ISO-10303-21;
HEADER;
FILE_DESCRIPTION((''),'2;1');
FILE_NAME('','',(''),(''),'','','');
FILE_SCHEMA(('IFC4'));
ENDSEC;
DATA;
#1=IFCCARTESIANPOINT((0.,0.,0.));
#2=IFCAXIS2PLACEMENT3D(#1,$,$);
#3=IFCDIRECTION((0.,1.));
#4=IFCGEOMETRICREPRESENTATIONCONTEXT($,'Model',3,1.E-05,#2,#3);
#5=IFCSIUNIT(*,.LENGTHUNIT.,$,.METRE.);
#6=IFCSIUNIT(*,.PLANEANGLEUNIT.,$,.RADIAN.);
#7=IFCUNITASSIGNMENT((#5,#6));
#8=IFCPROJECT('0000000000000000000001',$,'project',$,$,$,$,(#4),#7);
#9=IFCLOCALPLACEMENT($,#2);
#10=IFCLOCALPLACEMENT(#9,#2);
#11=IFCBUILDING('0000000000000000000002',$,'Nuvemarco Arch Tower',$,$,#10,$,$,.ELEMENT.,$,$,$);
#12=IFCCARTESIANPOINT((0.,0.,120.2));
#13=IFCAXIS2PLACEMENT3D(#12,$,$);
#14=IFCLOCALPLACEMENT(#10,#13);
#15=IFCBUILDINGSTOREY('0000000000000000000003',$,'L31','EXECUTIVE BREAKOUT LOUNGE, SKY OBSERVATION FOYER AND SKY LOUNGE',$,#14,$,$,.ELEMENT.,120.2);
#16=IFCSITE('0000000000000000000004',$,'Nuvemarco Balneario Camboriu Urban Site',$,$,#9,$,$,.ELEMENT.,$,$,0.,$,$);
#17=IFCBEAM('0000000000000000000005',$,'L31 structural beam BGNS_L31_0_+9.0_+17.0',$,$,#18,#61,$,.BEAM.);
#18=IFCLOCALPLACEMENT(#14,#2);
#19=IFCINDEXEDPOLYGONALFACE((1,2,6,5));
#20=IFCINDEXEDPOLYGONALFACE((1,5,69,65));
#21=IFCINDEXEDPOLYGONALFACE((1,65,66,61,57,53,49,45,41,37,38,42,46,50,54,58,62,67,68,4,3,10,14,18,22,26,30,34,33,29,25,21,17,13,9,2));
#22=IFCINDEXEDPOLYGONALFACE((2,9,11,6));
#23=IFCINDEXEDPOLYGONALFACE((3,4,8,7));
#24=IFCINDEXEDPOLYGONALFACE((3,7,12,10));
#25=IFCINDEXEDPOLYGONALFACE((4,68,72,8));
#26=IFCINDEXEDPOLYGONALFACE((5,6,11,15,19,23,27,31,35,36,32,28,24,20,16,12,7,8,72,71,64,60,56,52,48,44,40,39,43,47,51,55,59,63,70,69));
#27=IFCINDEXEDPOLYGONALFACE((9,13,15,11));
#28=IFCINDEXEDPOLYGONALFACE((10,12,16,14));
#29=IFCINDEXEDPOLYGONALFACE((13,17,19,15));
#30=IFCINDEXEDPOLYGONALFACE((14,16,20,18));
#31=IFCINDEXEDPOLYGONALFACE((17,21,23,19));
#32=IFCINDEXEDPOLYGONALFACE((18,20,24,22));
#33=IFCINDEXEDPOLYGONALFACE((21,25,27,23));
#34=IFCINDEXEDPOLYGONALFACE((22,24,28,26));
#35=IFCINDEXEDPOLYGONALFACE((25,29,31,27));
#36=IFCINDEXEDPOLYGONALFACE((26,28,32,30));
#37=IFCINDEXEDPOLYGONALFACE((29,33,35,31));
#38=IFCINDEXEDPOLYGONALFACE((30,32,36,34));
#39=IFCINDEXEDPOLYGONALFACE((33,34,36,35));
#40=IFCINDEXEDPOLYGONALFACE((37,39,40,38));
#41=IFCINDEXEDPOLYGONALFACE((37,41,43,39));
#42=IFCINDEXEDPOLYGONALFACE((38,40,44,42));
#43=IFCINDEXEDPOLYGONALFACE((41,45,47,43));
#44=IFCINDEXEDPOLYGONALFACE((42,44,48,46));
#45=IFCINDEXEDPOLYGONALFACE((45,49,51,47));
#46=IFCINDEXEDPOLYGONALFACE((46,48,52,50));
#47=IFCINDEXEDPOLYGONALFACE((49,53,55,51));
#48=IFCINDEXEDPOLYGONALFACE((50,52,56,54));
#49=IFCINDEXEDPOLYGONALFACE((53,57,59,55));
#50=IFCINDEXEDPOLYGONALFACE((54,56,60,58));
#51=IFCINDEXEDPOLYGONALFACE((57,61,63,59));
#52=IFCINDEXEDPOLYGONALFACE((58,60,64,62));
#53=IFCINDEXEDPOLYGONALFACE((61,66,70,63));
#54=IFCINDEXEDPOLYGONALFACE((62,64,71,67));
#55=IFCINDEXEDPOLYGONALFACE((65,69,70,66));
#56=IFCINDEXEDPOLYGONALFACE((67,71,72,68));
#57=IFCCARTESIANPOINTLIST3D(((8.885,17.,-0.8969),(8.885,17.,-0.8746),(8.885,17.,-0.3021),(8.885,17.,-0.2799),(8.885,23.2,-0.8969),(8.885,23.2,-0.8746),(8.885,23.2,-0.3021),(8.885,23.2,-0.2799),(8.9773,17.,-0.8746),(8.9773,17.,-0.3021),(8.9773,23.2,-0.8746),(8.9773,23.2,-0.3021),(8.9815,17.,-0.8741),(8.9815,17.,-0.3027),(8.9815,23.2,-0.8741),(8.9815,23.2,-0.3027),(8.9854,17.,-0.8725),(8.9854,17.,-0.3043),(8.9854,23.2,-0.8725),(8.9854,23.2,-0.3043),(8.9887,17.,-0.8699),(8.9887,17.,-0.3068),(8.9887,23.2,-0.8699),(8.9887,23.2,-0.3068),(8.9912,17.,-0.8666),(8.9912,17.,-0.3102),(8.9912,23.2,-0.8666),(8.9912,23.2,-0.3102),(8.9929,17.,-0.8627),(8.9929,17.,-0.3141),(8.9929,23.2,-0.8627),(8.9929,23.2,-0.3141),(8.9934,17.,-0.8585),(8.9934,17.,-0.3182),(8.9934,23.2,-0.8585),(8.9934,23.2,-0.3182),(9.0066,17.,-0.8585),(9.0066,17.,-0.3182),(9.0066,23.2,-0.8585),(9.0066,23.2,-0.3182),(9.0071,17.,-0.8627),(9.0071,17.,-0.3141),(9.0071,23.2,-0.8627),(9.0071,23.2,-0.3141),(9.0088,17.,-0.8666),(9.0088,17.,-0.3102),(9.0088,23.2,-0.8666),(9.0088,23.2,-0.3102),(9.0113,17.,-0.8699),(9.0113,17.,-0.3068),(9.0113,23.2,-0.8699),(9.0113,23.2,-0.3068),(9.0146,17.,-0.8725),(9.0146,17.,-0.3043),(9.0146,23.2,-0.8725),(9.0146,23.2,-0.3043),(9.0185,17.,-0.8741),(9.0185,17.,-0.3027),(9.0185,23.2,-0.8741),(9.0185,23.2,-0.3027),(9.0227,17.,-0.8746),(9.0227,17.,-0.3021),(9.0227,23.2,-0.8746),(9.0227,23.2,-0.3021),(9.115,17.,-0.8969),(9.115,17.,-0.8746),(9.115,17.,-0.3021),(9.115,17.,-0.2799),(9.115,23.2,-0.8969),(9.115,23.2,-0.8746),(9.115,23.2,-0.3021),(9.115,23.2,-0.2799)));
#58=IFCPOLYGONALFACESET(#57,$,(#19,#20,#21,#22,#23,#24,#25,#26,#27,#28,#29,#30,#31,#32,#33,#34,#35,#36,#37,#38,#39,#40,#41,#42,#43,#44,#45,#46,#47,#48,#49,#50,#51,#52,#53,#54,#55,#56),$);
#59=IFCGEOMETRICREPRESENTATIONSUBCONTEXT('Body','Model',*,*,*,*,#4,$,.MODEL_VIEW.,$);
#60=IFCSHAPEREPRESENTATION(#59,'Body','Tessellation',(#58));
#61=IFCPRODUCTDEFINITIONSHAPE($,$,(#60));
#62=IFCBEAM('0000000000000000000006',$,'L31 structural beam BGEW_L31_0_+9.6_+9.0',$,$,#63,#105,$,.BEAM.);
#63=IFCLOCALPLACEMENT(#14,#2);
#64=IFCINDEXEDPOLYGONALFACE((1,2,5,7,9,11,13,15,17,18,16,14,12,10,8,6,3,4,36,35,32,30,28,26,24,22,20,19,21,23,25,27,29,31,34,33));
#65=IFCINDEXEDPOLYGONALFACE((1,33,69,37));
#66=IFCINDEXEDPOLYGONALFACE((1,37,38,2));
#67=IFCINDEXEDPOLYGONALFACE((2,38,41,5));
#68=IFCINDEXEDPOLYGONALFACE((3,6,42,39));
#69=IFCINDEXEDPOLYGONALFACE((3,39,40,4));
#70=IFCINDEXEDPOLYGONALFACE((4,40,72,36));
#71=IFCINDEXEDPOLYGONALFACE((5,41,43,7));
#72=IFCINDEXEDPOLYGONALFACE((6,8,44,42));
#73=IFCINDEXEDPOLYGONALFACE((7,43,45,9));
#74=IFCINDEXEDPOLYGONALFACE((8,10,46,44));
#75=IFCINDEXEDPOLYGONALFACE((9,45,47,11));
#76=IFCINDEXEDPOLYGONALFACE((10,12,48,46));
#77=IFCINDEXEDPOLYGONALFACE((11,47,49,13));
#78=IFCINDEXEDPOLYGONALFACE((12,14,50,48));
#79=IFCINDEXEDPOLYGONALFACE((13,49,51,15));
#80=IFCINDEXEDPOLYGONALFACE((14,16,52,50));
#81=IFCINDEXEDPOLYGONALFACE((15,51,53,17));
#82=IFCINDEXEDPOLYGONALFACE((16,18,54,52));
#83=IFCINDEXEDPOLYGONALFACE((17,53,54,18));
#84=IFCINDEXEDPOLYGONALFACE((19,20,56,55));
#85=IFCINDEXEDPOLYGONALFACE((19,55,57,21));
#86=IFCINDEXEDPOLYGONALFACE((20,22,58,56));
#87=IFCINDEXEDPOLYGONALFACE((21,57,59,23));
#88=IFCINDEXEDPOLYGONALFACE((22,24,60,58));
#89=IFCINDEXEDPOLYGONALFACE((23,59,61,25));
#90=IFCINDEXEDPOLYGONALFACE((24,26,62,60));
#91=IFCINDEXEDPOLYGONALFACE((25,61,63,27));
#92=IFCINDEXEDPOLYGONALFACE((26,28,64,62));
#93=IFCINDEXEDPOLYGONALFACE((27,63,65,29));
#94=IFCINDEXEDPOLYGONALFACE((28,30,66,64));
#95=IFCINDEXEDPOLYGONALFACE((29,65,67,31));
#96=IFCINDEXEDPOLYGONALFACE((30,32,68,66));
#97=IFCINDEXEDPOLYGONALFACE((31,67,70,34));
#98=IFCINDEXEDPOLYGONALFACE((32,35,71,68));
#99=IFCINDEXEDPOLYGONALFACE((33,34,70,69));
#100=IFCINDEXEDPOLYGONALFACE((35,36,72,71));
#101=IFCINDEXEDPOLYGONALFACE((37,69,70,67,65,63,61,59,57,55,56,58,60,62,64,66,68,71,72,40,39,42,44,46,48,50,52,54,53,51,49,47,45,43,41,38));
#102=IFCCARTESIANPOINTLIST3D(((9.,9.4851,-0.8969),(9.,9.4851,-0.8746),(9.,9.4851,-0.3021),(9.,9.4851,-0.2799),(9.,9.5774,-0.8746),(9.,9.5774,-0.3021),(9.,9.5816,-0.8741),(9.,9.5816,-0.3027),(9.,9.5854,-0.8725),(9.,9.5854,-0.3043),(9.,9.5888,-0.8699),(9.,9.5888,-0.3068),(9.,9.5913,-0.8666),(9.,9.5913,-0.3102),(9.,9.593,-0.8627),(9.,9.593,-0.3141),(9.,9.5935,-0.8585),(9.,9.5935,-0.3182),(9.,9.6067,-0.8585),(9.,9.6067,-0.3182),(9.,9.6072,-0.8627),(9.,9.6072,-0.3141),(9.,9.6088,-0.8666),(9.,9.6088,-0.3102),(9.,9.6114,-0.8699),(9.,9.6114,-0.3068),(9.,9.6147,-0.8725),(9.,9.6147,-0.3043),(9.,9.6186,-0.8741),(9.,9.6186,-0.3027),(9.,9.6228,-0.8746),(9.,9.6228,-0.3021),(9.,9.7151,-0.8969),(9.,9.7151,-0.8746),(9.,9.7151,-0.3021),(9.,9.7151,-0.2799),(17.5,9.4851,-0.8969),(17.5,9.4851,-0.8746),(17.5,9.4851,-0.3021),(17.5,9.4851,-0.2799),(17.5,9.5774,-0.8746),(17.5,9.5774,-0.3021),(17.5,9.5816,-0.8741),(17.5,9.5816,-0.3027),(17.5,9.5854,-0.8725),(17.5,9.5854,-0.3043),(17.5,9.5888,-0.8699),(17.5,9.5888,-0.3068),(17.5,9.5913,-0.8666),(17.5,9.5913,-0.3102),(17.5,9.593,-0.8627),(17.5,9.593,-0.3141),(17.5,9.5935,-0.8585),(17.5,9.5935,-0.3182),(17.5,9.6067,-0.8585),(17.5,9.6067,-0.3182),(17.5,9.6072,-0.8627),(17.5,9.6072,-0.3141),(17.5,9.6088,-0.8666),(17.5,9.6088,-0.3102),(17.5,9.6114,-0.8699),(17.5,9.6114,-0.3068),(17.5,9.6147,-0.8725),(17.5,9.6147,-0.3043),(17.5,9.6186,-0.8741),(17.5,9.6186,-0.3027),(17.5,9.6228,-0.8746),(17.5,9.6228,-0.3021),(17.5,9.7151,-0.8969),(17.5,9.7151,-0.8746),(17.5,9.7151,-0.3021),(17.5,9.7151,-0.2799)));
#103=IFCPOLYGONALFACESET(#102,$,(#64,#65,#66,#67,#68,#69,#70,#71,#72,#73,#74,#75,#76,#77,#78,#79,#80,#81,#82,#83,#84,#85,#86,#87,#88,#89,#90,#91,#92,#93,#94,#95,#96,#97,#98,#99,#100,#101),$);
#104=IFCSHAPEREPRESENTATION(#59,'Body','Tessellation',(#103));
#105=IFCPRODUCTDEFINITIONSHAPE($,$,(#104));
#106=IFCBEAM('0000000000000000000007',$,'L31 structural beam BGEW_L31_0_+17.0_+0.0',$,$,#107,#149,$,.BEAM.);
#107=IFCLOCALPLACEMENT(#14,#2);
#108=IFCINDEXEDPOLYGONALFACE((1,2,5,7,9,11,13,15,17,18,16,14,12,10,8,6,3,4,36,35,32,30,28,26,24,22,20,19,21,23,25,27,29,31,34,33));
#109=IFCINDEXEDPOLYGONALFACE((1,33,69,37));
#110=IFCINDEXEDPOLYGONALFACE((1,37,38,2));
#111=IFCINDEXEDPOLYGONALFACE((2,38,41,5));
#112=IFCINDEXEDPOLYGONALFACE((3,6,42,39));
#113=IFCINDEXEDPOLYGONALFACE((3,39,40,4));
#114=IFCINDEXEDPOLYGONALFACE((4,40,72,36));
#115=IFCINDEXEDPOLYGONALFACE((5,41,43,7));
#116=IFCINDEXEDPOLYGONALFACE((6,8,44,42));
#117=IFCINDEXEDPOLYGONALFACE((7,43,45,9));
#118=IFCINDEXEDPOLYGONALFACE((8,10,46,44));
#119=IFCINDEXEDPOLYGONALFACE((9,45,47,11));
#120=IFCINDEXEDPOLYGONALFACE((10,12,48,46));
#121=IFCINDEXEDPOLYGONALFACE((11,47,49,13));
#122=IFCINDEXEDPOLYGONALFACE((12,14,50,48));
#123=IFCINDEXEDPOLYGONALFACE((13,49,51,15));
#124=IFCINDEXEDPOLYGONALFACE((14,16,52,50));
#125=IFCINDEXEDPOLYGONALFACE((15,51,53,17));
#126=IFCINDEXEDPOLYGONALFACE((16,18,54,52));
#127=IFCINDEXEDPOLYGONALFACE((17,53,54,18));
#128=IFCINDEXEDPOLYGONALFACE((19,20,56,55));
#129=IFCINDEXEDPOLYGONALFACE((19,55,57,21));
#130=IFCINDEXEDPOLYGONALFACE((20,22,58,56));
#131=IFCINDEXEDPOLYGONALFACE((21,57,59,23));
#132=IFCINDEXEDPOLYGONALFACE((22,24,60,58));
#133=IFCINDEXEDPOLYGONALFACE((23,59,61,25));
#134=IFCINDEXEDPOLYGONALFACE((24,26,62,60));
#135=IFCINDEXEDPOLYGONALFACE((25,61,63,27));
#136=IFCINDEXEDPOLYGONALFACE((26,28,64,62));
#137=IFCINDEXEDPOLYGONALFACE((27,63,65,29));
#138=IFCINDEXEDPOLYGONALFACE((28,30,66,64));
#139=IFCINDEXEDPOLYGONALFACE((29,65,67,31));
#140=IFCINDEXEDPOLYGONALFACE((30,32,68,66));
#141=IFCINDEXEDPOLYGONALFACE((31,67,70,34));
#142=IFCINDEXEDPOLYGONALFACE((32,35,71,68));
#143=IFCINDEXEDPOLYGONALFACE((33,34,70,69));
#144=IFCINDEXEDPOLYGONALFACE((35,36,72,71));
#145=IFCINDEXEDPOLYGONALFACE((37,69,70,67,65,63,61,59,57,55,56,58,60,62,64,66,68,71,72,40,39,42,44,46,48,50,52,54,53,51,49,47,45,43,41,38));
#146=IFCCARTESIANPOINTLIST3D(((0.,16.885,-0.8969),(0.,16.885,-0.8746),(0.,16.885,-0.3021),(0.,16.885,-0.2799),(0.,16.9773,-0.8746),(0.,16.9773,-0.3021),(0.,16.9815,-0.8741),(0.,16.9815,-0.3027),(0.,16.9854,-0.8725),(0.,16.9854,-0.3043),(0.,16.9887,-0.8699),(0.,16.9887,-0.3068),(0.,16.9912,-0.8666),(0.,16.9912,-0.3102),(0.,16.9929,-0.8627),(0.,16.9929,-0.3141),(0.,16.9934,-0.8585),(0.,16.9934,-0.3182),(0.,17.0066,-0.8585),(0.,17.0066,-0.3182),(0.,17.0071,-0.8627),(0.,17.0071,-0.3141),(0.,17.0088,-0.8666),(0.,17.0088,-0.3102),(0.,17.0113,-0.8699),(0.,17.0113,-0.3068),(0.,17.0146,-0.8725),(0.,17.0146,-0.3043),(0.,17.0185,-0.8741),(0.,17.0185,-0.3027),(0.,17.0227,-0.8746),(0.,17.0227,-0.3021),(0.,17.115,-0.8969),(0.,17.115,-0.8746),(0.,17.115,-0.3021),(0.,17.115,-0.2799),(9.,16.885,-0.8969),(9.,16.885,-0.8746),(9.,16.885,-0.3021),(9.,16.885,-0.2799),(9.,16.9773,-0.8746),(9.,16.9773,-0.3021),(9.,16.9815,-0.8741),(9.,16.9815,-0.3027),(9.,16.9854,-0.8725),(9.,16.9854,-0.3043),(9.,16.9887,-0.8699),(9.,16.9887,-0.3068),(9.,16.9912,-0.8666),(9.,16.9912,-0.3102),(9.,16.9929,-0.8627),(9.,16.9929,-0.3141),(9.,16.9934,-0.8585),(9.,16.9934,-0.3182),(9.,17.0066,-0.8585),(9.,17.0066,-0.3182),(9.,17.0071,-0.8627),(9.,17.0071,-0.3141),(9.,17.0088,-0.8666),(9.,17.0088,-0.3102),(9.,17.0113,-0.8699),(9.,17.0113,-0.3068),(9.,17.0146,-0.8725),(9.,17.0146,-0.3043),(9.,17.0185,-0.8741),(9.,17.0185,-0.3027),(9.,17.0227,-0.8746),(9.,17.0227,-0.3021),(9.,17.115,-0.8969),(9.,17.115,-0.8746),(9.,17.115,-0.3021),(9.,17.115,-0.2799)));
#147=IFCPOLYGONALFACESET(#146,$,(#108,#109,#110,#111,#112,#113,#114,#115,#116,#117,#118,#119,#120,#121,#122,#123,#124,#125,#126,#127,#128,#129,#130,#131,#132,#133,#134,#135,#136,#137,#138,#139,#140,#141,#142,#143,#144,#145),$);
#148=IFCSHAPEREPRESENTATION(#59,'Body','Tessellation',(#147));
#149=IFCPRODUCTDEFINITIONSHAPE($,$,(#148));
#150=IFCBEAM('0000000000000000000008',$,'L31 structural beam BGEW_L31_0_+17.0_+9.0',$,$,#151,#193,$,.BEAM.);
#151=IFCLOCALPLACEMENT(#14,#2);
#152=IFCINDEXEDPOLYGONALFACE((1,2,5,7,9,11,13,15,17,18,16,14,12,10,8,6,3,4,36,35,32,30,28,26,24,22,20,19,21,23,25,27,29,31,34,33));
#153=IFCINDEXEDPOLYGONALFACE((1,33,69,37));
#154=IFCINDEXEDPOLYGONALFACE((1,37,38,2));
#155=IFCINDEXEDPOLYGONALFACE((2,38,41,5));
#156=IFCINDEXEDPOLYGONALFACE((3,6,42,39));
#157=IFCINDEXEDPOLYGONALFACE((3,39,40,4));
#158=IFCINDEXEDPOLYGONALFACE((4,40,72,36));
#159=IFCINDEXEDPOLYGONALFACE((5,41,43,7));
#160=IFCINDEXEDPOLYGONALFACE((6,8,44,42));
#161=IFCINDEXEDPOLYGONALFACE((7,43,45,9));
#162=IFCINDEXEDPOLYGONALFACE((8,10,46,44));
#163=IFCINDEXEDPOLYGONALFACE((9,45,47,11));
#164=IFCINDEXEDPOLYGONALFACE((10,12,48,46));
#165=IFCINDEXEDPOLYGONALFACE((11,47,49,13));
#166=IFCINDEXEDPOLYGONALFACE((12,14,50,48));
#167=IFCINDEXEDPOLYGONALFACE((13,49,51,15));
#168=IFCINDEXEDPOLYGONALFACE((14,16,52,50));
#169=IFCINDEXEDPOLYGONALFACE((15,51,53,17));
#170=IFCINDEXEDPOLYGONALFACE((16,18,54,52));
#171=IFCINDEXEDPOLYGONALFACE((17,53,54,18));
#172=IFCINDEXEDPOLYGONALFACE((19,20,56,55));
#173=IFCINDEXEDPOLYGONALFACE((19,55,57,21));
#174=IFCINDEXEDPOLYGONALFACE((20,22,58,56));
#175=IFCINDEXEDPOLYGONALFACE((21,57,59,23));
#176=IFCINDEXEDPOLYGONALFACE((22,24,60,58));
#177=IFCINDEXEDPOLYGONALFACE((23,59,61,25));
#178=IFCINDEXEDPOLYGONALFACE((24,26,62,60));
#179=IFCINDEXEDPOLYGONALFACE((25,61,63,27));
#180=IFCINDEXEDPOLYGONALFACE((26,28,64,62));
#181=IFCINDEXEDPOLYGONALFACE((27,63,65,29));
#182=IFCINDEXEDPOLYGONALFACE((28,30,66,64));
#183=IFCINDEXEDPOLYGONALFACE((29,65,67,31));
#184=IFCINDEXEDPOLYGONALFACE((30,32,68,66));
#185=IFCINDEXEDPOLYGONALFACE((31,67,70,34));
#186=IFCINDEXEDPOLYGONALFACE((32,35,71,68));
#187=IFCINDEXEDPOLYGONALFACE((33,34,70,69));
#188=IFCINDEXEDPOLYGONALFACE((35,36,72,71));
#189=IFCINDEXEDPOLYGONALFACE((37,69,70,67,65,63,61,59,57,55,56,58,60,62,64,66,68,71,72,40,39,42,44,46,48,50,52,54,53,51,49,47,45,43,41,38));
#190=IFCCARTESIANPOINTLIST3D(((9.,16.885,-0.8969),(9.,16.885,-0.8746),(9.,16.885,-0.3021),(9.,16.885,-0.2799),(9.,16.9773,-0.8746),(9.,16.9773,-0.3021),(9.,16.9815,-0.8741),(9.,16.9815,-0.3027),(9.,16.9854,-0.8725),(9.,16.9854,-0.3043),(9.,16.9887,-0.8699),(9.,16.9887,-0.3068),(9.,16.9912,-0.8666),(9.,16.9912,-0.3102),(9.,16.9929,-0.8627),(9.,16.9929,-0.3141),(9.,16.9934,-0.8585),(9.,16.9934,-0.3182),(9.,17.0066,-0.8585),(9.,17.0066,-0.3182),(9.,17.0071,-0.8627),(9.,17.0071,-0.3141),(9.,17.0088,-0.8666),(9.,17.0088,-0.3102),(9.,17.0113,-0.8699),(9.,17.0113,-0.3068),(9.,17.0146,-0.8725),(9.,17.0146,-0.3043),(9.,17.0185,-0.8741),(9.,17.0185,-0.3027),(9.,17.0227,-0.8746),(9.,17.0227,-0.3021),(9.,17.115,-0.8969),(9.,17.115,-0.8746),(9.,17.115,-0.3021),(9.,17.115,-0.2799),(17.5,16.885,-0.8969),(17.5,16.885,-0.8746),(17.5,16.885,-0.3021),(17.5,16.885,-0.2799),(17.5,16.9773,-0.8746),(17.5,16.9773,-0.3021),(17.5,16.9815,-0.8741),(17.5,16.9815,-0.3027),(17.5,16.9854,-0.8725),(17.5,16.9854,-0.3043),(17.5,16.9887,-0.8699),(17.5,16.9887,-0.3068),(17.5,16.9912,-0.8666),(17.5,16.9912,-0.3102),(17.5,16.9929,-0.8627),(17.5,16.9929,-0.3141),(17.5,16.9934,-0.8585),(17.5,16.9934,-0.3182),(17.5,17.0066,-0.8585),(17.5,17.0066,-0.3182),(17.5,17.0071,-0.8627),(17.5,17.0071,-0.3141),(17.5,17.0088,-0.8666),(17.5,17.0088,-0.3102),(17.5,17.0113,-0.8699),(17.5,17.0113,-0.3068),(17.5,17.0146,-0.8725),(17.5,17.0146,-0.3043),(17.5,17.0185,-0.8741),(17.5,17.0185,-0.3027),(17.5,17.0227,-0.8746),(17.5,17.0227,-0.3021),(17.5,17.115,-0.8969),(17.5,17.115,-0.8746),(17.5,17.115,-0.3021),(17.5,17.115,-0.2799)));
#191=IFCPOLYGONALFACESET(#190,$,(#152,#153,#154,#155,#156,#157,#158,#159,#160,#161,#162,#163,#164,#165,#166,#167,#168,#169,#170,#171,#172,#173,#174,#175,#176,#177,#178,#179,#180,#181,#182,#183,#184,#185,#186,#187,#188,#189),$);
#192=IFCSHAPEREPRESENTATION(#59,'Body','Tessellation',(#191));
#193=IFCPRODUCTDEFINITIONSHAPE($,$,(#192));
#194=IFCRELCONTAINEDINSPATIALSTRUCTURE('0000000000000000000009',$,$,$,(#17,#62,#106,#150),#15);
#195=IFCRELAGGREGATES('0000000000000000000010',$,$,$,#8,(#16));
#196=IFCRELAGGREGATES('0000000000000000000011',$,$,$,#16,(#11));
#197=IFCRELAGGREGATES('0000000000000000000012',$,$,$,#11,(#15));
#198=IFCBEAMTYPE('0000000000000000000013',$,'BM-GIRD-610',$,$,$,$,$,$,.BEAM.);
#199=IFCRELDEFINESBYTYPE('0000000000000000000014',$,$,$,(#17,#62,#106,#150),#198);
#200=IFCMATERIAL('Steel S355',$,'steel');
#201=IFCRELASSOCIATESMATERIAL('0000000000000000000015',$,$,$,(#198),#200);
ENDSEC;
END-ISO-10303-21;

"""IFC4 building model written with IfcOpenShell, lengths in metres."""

from ifc_helpers import new_model, si_unit, direction, frame, origin, origin_2d, place, context, subcontext, project, spatial, i_section, extrude, material, material_profile, profile_set, type_object, element, save


model = new_model("IFC4")

# Units and contexts
model_context = context("Model", 3, precision=1e-05, world=origin(), true_north=direction((0.0, 1.0)))
body_context = subcontext(model_context, "Body", "Model", "MODEL_VIEW")
ifc_project = project(units=[si_unit("LENGTHUNIT", "METRE"), si_unit("PLANEANGLEUNIT", "RADIAN")], contexts=[model_context])

# Site, building, storey
site_placement = place(None, origin())
site = spatial("IfcSite", under=ifc_project, at=site_placement, Name="Nuvemarco Balneario Camboriu Urban Site", CompositionType="ELEMENT", RefElevation=0.0)
building_placement = place(site_placement, origin())
building = spatial("IfcBuilding", under=site, at=building_placement, Name="Nuvemarco Arch Tower", CompositionType="ELEMENT")
storey_placement = place(building_placement, frame((0.0, 0.0, 120.2)))
storey = spatial("IfcBuildingStorey", under=building, at=storey_placement, Name="L31", Description="EXECUTIVE BREAKOUT LOUNGE, SKY OBSERVATION FOYER AND SKY LOUNGE", CompositionType="ELEMENT", Elevation=120.2)

# Shared definitions
ifc_material_1 = material(Name="Steel S355", Category="steel")

# Beams
ifc_material_profile_1 = material_profile(ifc_material_1, i_section(OverallWidth=0.23, OverallDepth=0.6169, WebThickness=0.0132, FlangeThickness=0.0222, FilletRadius=0.0161, at=origin_2d()), Name="W610x140")
ifc_profile_set_1 = profile_set([ifc_material_profile_1], Name="Steel S355")
beam_type_1 = type_object("IfcBeamType", Name="BM-GIRD-610", PredefinedType="BEAM", material=ifc_profile_set_1)
beam_1_placement = place(storey_placement, frame((9.0, 17.0, -0.5884), z_axis=(0.0, 1.0, 0.0), x_axis=(-1.0, 0.0, 0.0)))
element("IfcBeam", 1, at=beam_1_placement, inside=storey, type_object=beam_type_1, Name="L31 structural beam BGNS_L31_0_+9.0_+17.0", PredefinedType="BEAM", context=body_context, shape_type="SweptSolid", body=[
    extrude(i_section(OverallWidth=0.23, OverallDepth=0.6169, WebThickness=0.0132, FlangeThickness=0.0222, FilletRadius=0.0161, at=origin_2d()), origin(), (0.0, 0.0, 1.0), 6.2),
])
beam_2_placement = place(storey_placement, frame((9.0, 9.6001, -0.5884), z_axis=(1.0, 0.0, 0.0), x_axis=(0.0, 1.0, 0.0)))
element("IfcBeam", 2, at=beam_2_placement, inside=storey, type_object=beam_type_1, Name="L31 structural beam BGEW_L31_0_+9.6_+9.0", PredefinedType="BEAM", context=body_context, shape_type="SweptSolid", body=[
    extrude(i_section(OverallWidth=0.23, OverallDepth=0.6169, WebThickness=0.0132, FlangeThickness=0.0222, FilletRadius=0.0161, at=origin_2d()), origin(), (0.0, 0.0, 1.0), 8.5),
])
beam_3_placement = place(storey_placement, frame((0.0, 17.0, -0.5884), z_axis=(1.0, 0.0, 0.0), x_axis=(0.0, 1.0, 0.0)))
element("IfcBeam", 3, at=beam_3_placement, inside=storey, type_object=beam_type_1, Name="L31 structural beam BGEW_L31_0_+17.0_+0.0", PredefinedType="BEAM", context=body_context, shape_type="SweptSolid", body=[
    extrude(i_section(OverallWidth=0.23, OverallDepth=0.6169, WebThickness=0.0132, FlangeThickness=0.0222, FilletRadius=0.0161, at=origin_2d()), origin(), (0.0, 0.0, 1.0), 9.0),
])
beam_4_placement = place(storey_placement, frame((9.0, 17.0, -0.5884), z_axis=(1.0, 0.0, 0.0), x_axis=(0.0, 1.0, 0.0)))
element("IfcBeam", 4, at=beam_4_placement, inside=storey, type_object=beam_type_1, Name="L31 structural beam BGEW_L31_0_+17.0_+9.0", PredefinedType="BEAM", context=body_context, shape_type="SweptSolid", body=[
    extrude(i_section(OverallWidth=0.23, OverallDepth=0.6169, WebThickness=0.0132, FlangeThickness=0.0222, FilletRadius=0.0161, at=origin_2d()), origin(), (0.0, 0.0, 1.0), 8.5),
])

save(model, "model.ifc")
